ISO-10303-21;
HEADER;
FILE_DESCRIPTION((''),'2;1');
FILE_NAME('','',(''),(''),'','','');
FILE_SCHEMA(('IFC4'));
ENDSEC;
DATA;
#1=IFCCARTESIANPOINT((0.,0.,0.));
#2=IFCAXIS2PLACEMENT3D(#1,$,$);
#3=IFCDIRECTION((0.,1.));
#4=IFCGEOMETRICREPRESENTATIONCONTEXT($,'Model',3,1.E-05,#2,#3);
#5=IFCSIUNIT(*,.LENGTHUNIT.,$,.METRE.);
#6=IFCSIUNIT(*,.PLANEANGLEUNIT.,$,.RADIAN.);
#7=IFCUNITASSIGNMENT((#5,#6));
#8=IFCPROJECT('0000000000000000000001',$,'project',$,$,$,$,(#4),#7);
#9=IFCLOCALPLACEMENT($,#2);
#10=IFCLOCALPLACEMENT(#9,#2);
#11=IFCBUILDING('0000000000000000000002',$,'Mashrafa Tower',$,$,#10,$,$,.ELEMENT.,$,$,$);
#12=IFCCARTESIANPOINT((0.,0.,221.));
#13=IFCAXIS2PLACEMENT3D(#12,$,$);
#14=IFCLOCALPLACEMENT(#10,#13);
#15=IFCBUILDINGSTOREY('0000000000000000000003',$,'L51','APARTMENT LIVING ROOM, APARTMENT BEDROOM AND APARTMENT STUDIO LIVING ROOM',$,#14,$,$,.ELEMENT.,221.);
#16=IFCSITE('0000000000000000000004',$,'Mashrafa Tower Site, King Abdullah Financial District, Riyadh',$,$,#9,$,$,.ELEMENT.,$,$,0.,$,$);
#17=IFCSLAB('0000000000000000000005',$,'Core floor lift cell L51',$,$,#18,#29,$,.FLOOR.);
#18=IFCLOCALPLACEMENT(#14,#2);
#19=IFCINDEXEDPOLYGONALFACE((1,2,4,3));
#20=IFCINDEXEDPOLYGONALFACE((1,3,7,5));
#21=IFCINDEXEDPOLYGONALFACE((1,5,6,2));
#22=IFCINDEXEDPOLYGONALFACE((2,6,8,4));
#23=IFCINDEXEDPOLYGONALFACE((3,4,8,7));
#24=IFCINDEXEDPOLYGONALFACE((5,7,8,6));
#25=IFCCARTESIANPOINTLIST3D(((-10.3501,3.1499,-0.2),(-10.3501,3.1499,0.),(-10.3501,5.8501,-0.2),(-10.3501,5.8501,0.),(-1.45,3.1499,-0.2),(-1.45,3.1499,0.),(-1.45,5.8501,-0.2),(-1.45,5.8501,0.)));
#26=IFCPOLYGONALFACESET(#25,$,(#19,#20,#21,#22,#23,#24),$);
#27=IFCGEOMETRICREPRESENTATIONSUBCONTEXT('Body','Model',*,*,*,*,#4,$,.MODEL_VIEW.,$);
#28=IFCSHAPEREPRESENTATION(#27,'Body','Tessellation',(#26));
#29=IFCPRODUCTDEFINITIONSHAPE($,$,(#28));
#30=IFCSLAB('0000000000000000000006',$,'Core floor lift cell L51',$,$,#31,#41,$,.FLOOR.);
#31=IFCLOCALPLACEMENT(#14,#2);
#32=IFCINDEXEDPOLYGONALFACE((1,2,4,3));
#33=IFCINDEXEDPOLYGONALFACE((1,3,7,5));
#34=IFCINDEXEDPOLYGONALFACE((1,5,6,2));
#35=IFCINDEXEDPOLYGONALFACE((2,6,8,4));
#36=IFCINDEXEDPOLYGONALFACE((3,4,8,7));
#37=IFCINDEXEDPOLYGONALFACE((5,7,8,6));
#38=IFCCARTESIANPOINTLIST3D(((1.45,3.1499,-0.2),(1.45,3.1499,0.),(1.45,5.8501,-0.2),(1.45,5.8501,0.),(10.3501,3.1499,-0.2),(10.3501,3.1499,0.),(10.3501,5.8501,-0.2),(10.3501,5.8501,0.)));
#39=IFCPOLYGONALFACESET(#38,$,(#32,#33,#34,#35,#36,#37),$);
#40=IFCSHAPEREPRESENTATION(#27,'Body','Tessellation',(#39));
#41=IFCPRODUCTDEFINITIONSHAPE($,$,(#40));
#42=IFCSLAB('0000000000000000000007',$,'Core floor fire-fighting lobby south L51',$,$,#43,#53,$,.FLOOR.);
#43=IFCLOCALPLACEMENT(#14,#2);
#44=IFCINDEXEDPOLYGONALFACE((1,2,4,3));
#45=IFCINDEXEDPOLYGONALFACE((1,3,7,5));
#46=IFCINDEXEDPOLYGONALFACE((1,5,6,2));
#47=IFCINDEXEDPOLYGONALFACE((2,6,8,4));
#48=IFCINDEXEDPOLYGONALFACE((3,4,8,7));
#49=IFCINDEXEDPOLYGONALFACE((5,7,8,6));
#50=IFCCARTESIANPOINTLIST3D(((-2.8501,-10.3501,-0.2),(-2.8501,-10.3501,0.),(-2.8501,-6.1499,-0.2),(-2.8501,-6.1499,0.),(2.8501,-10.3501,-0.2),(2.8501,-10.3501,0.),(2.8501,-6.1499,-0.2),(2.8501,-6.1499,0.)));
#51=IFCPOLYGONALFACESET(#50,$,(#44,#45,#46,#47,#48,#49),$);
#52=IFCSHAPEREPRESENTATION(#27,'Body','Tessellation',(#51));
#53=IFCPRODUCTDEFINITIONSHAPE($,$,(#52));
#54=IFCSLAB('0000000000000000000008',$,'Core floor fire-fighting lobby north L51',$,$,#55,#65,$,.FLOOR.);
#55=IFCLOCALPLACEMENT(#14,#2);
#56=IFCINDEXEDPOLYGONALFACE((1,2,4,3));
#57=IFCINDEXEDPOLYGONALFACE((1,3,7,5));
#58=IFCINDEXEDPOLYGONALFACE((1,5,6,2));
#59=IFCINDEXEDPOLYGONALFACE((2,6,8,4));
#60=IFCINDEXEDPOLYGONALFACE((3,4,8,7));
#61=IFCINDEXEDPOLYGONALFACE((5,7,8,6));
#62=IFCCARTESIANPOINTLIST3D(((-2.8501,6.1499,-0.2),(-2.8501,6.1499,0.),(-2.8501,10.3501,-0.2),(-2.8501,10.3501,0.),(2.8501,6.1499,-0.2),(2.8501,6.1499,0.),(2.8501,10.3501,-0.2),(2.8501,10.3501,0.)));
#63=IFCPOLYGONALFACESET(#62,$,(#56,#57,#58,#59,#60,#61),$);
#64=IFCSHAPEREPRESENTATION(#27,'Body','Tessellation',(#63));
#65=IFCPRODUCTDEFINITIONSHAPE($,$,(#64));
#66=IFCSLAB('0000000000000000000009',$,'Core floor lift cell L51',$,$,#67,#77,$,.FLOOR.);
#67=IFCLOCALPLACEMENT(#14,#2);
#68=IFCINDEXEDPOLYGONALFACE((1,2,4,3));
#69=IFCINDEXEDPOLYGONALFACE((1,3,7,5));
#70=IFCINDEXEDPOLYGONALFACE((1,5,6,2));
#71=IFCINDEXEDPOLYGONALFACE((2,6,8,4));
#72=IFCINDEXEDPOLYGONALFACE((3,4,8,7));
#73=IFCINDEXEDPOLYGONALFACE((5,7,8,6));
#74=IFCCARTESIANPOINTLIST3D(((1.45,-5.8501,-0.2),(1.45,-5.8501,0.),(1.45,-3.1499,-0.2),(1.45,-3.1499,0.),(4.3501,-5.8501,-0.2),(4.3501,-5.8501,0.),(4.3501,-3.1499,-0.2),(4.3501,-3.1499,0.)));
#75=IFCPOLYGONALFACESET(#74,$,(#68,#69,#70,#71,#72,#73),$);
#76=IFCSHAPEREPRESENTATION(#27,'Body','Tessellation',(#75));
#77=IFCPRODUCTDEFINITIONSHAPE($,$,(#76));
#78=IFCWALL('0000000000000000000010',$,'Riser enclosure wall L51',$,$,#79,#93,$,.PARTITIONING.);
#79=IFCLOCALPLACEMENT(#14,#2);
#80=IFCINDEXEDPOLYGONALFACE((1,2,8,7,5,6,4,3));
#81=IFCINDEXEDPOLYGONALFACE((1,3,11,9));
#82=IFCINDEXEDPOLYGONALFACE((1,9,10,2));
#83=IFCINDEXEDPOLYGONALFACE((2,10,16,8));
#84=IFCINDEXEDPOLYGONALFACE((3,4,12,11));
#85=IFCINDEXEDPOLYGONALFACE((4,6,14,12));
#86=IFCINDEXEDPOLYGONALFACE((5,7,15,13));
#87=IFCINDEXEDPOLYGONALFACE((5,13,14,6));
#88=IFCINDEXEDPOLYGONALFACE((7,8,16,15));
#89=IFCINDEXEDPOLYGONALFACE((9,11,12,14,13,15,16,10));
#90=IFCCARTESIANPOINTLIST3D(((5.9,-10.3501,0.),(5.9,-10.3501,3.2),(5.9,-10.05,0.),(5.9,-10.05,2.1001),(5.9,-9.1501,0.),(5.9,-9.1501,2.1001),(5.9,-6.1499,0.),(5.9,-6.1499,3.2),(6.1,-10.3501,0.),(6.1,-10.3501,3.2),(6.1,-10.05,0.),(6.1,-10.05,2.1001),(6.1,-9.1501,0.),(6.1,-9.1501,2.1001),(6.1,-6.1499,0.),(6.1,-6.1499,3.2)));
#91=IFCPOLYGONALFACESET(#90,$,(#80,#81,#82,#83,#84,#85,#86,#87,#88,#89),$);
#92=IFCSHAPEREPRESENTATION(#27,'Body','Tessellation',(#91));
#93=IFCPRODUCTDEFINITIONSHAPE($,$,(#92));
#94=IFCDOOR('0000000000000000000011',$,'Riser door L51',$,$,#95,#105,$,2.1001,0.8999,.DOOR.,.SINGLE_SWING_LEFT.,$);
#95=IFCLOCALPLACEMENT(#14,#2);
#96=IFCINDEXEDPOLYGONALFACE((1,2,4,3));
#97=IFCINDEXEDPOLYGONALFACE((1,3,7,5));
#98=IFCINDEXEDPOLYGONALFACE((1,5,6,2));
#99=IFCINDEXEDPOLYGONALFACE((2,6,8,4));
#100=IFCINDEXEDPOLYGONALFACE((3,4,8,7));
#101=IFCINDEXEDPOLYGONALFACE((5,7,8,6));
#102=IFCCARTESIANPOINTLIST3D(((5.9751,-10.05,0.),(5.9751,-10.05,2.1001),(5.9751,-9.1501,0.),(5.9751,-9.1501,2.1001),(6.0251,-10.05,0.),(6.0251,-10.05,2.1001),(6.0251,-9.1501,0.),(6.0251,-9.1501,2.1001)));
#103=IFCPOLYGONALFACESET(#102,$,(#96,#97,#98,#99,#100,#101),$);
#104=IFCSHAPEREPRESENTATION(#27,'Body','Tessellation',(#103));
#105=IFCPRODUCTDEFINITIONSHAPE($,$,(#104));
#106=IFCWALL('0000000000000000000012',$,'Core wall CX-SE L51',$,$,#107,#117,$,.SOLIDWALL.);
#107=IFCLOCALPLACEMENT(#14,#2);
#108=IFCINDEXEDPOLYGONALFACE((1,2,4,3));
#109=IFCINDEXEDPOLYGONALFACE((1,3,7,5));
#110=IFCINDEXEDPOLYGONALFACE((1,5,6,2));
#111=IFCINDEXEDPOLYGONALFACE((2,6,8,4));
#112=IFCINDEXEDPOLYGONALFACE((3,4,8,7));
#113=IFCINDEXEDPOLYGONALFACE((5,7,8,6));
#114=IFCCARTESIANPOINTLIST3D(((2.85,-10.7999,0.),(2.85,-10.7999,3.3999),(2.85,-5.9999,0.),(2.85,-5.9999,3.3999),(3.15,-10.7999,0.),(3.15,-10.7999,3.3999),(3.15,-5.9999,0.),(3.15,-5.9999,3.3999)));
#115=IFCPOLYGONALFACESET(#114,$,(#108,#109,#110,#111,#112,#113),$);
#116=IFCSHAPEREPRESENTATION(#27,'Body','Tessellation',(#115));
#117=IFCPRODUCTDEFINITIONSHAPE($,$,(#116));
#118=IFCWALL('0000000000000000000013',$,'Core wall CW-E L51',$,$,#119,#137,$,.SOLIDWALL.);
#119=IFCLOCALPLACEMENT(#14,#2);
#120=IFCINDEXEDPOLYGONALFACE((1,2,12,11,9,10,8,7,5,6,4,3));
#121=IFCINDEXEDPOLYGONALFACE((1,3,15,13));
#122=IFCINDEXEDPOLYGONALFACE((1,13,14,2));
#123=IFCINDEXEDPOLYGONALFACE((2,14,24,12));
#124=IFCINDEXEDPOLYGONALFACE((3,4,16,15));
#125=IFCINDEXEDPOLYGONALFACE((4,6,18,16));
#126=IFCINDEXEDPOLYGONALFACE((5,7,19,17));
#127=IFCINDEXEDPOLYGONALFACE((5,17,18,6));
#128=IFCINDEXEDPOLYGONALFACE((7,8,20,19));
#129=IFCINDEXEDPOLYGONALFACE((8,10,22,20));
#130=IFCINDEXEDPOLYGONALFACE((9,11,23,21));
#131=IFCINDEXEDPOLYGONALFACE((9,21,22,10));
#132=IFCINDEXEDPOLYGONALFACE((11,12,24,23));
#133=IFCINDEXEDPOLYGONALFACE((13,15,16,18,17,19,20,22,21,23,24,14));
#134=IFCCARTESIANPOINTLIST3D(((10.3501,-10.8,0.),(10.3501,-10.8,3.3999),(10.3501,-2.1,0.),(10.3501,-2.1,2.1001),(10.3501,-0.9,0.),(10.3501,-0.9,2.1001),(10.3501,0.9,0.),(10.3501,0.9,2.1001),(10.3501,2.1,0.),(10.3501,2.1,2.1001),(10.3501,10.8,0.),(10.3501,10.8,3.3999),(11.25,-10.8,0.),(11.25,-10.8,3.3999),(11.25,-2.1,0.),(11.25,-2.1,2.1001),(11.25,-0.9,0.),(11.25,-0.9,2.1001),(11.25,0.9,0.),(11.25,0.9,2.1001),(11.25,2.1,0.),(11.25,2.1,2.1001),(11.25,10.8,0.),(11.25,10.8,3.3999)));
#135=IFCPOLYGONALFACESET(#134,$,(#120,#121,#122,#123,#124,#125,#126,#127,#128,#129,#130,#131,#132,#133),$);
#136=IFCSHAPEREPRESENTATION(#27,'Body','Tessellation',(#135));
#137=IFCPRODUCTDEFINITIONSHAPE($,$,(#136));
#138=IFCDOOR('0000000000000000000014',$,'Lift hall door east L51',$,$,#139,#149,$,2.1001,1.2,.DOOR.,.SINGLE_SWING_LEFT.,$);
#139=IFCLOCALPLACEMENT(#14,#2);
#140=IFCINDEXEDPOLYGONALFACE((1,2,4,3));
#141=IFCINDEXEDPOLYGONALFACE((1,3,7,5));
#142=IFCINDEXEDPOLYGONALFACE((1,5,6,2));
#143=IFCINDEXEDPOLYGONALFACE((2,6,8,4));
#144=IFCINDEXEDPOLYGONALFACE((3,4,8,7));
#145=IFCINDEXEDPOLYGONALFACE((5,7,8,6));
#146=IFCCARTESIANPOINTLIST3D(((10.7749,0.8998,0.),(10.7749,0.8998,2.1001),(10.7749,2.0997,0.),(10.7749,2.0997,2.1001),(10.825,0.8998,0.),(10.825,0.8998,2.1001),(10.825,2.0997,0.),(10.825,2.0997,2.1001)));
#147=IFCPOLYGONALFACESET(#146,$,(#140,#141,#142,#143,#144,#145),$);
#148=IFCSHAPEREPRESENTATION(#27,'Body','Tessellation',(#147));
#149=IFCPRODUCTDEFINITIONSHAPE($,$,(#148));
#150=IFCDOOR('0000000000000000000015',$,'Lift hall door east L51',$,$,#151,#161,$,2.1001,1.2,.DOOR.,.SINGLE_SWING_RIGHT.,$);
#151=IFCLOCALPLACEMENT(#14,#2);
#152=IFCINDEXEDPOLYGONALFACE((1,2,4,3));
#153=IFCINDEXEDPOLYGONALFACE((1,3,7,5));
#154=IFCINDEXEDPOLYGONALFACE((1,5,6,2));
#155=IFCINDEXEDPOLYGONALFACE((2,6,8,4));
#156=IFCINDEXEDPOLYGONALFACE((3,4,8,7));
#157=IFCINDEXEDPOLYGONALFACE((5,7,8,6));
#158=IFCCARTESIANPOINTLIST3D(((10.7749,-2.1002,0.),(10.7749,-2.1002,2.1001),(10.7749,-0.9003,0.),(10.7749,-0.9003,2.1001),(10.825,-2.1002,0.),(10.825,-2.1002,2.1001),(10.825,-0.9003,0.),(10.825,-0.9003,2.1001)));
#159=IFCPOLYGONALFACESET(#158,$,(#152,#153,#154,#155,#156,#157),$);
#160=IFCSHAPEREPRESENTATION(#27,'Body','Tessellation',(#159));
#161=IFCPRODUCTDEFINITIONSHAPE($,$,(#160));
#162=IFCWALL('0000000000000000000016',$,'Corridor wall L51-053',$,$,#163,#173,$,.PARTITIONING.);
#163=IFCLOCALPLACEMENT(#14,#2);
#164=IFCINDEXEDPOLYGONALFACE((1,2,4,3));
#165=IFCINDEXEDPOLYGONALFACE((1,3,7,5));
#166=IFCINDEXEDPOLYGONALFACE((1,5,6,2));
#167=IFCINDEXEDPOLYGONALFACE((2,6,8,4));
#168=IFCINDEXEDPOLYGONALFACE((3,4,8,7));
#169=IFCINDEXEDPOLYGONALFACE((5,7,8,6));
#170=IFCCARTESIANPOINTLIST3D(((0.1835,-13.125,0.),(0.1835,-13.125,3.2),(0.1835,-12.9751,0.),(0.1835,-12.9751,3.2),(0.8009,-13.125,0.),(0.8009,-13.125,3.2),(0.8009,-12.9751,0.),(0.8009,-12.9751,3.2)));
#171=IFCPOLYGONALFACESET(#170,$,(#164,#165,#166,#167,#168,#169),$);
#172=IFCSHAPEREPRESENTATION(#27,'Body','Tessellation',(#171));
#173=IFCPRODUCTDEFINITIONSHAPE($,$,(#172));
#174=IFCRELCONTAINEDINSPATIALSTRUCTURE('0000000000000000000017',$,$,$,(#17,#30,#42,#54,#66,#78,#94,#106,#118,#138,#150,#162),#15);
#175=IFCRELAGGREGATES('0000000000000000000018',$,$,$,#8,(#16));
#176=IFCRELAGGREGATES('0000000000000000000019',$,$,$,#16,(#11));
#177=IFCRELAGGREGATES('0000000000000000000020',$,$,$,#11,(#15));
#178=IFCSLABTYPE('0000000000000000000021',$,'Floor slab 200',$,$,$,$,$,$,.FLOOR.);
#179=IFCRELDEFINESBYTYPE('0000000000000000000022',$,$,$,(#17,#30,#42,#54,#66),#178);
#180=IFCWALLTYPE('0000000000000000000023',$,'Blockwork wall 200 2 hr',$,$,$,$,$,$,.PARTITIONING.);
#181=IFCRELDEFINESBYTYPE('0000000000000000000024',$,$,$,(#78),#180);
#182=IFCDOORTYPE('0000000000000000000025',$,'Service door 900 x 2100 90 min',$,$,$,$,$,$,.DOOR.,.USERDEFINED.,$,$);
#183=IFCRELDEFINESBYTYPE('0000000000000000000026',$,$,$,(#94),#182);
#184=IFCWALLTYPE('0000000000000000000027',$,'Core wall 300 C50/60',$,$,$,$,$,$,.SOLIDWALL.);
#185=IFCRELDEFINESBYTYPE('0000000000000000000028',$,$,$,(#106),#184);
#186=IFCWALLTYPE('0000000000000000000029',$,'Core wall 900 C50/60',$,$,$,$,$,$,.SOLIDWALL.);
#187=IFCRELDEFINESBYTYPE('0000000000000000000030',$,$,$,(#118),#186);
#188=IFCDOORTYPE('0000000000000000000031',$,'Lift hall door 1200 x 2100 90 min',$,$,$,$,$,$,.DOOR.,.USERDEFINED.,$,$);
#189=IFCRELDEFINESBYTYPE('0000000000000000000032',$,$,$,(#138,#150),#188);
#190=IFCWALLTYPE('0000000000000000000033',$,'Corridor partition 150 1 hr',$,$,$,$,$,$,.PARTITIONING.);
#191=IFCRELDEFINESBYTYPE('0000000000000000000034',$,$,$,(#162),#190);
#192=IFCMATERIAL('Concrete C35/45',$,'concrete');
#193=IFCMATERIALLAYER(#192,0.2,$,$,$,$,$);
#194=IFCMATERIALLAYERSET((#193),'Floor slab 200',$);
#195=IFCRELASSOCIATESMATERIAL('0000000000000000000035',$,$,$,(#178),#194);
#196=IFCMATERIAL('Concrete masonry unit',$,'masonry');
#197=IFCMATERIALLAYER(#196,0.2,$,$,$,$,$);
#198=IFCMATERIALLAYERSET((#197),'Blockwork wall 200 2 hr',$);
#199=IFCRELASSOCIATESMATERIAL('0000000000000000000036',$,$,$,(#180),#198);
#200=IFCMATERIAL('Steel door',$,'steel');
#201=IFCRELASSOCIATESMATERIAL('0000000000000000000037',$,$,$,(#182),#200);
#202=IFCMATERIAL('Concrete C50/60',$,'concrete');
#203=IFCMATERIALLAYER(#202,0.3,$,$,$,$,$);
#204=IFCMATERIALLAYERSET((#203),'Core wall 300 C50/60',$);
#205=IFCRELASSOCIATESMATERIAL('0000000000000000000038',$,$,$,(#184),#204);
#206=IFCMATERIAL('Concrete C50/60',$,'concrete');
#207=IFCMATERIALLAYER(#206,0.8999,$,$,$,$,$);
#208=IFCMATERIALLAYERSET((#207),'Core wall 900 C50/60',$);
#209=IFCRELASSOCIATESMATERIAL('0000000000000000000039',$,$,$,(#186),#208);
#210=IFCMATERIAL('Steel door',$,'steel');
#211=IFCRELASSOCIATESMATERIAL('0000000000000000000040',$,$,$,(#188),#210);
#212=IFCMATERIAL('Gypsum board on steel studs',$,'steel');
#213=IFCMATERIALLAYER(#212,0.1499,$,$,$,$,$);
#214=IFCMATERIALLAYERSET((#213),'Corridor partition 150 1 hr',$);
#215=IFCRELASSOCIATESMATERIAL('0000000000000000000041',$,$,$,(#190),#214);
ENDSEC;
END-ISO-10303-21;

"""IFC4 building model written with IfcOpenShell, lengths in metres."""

from ifc_helpers import new_model, si_unit, direction, frame, frame_2d, origin, place, context, subcontext, project, spatial, polyline, rectangle, outline, extrude, material, layer, layer_set, type_object, element, fill, save


model = new_model("IFC4")

# Units and contexts
model_context = context("Model", 3, precision=1e-05, world=origin(), true_north=direction((0.0, 1.0)))
body_context = subcontext(model_context, "Body", "Model", "MODEL_VIEW")
ifc_project = project(units=[si_unit("LENGTHUNIT", "METRE"), si_unit("PLANEANGLEUNIT", "RADIAN")], contexts=[model_context])

# Site, building, storey
site_placement = place(None, origin())
site = spatial("IfcSite", under=ifc_project, at=site_placement, Name="Mashrafa Tower Site, King Abdullah Financial District, Riyadh", CompositionType="ELEMENT", RefElevation=0.0)
building_placement = place(site_placement, origin())
building = spatial("IfcBuilding", under=site, at=building_placement, Name="Mashrafa Tower", CompositionType="ELEMENT")
storey_placement = place(building_placement, frame((0.0, 0.0, 221.0)))
storey = spatial("IfcBuildingStorey", under=building, at=storey_placement, Name="L51", Description="APARTMENT LIVING ROOM, APARTMENT BEDROOM AND APARTMENT STUDIO LIVING ROOM", CompositionType="ELEMENT", Elevation=221.0)

# Slabs
ifc_material_1 = material(Name="Concrete C35/45", Category="concrete")
ifc_layer_1 = layer(ifc_material_1, 0.2)
ifc_layer_set_1 = layer_set([ifc_layer_1], Name="Floor slab 200")
slab_type = type_object("IfcSlabType", Name="Floor slab 200", PredefinedType="FLOOR", material=ifc_layer_set_1)
slab_1_placement = place(storey_placement, frame((0.0, 0.0, -0.2)))
element("IfcSlab", 1, at=slab_1_placement, inside=storey, type_object=slab_type, Name="Core floor lift cell L51", PredefinedType="FLOOR", context=body_context, shape_type="SweptSolid", body=[
    extrude(outline(polyline([(-10.3501, 5.8501), (-1.45, 5.8501), (-1.45, 3.1499), (-10.3501, 3.1499), (-10.3501, 5.8501)])), origin(), (0.0, 0.0, 1.0), 0.2),
])
slab_2_placement = place(storey_placement, frame((0.0, 0.0, -0.2)))
element("IfcSlab", 2, at=slab_2_placement, inside=storey, type_object=slab_type, Name="Core floor lift cell L51", PredefinedType="FLOOR", context=body_context, shape_type="SweptSolid", body=[
    extrude(outline(polyline([(1.45, 5.8501), (10.3501, 5.8501), (10.3501, 3.1499), (1.45, 3.1499), (1.45, 5.8501)])), origin(), (0.0, 0.0, 1.0), 0.2),
])
slab_3_placement = place(storey_placement, frame((0.0, 0.0, -0.2)))
element("IfcSlab", 3, at=slab_3_placement, inside=storey, type_object=slab_type, Name="Core floor fire-fighting lobby south L51", PredefinedType="FLOOR", context=body_context, shape_type="SweptSolid", body=[
    extrude(outline(polyline([(2.8501, -6.1499), (2.8501, -10.3501), (-2.8501, -10.3501), (-2.8501, -6.1499), (2.8501, -6.1499)])), origin(), (0.0, 0.0, 1.0), 0.2),
])
slab_4_placement = place(storey_placement, frame((0.0, 0.0, -0.2)))
element("IfcSlab", 4, at=slab_4_placement, inside=storey, type_object=slab_type, Name="Core floor fire-fighting lobby north L51", PredefinedType="FLOOR", context=body_context, shape_type="SweptSolid", body=[
    extrude(outline(polyline([(-2.8501, 10.3501), (2.8501, 10.3501), (2.8501, 6.1499), (-2.8501, 6.1499), (-2.8501, 10.3501)])), origin(), (0.0, 0.0, 1.0), 0.2),
])
slab_5_placement = place(storey_placement, frame((0.0, 0.0, -0.2)))
element("IfcSlab", 5, at=slab_5_placement, inside=storey, type_object=slab_type, Name="Core floor lift cell L51", PredefinedType="FLOOR", context=body_context, shape_type="SweptSolid", body=[
    extrude(outline(polyline([(4.3501, -3.1499), (4.3501, -5.8501), (1.45, -5.8501), (1.45, -3.1499), (4.3501, -3.1499)])), origin(), (0.0, 0.0, 1.0), 0.2),
])

# Wall, opening, door
ifc_material_2 = material(Name="Concrete masonry unit", Category="masonry")
ifc_layer_2 = layer(ifc_material_2, 0.2)
ifc_layer_set_2 = layer_set([ifc_layer_2], Name="Blockwork wall 200 2 hr")
wall_type_1 = type_object("IfcWallType", Name="Blockwork wall 200 2 hr", PredefinedType="PARTITIONING", material=ifc_layer_set_2)
wall_1_placement = place(storey_placement, frame((6.0, -10.3501, 0.0), z_axis=(0.0, 0.0, 1.0), x_axis=(0.0, 1.0, 0.0)))
wall_1 = element("IfcWall", 6, at=wall_1_placement, inside=storey, type_object=wall_type_1, Name="Riser enclosure wall L51", PredefinedType="PARTITIONING", context=body_context, shape_type="SweptSolid", body=[
    extrude(rectangle(XDim=4.2002, YDim=0.2, at=frame_2d((2.1001, 0.0))), origin(), (0.0, 0.0, 1.0), 3.2),
])
opening_1_placement = place(wall_1_placement, frame((0.3, 0.0, 0.0)))
opening_1 = element("IfcOpeningElement", 7, at=opening_1_placement, cuts=wall_1, PredefinedType="OPENING", context=body_context, shape_type="SweptSolid", body=[
    extrude(rectangle(XDim=0.8999, YDim=2.1001, at=frame_2d((0.45, 1.05))), frame((0.0, 0.1099, 0.0), z_axis=(0.0, -1.0, 0.0), x_axis=(1.0, 0.0, 0.0)), (0.0, 0.0, 1.0), 0.22),
])
ifc_material_3 = material(Name="Steel door", Category="steel")
door_type_1 = type_object("IfcDoorType", Name="Service door 900 x 2100 90 min", OperationType="USERDEFINED", PredefinedType="DOOR", material=ifc_material_3)
door_1_placement = place(opening_1_placement, origin())
door_1 = element("IfcDoor", 8, at=door_1_placement, inside=storey, type_object=door_type_1, Name="Riser door L51", OperationType="SINGLE_SWING_LEFT", OverallHeight=2.1001, OverallWidth=0.8999, PredefinedType="DOOR", context=body_context, shape_type="SweptSolid", body=[
    extrude(rectangle(XDim=0.8999, YDim=2.1001, at=frame_2d((0.45, 1.05))), frame((0.0, 0.0249, 0.0), z_axis=(0.0, -1.0, 0.0), x_axis=(1.0, 0.0, 0.0)), (0.0, 0.0, 1.0), 0.05),
])
fill(opening_1, door_1)

# Wall
ifc_material_4 = material(Name="Concrete C50/60", Category="concrete")
ifc_layer_3 = layer(ifc_material_4, 0.3)
ifc_layer_set_3 = layer_set([ifc_layer_3], Name="Core wall 300 C50/60")
wall_type_2 = type_object("IfcWallType", Name="Core wall 300 C50/60", PredefinedType="SOLIDWALL", material=ifc_layer_set_3)
wall_2_placement = place(storey_placement, frame((3.0, -6.0, 0.0), z_axis=(0.0, 0.0, 1.0), x_axis=(0.0, -1.0, 0.0)))
element("IfcWall", 9, at=wall_2_placement, inside=storey, type_object=wall_type_2, Name="Core wall CX-SE L51", PredefinedType="SOLIDWALL", context=body_context, shape_type="SweptSolid", body=[
    extrude(rectangle(XDim=4.8, YDim=0.3, at=frame_2d((2.3999, 0.0))), origin(), (0.0, 0.0, 1.0), 3.3999),
])

# Wall, openings, doors
ifc_material_5 = material(Name="Concrete C50/60", Category="concrete")
ifc_layer_4 = layer(ifc_material_5, 0.8999)
ifc_layer_set_4 = layer_set([ifc_layer_4], Name="Core wall 900 C50/60")
wall_type_3 = type_object("IfcWallType", Name="Core wall 900 C50/60", PredefinedType="SOLIDWALL", material=ifc_layer_set_4)
wall_3_placement = place(storey_placement, frame((10.8, -10.8, 0.0), z_axis=(0.0, 0.0, 1.0), x_axis=(0.0, 1.0, 0.0)))
wall_3 = element("IfcWall", 10, at=wall_3_placement, inside=storey, type_object=wall_type_3, Name="Core wall CW-E L51", PredefinedType="SOLIDWALL", context=body_context, shape_type="SweptSolid", body=[
    extrude(rectangle(XDim=21.6001, YDim=0.8999, at=frame_2d((10.8, 0.0))), origin(), (0.0, 0.0, 1.0), 3.3999),
])
opening_2_placement = place(wall_3_placement, frame((11.7, 0.0, 0.0)))
opening_2 = element("IfcOpeningElement", 11, at=opening_2_placement, cuts=wall_3, PredefinedType="OPENING", context=body_context, shape_type="SweptSolid", body=[
    extrude(rectangle(XDim=1.2, YDim=2.1001, at=frame_2d((0.6001, 1.05))), frame((0.0, 0.46, 0.0), z_axis=(0.0, -1.0, 0.0), x_axis=(1.0, 0.0, 0.0)), (0.0, 0.0, 1.0), 0.9199),
])
opening_3_placement = place(wall_3_placement, frame((8.7, 0.0, 0.0)))
opening_3 = element("IfcOpeningElement", 12, at=opening_3_placement, cuts=wall_3, PredefinedType="OPENING", context=body_context, shape_type="SweptSolid", body=[
    extrude(rectangle(XDim=1.2, YDim=2.1001, at=frame_2d((0.6001, 1.05))), frame((0.0, 0.46, 0.0), z_axis=(0.0, -1.0, 0.0), x_axis=(1.0, 0.0, 0.0)), (0.0, 0.0, 1.0), 0.9199),
])
ifc_material_6 = material(Name="Steel door", Category="steel")
door_type_2 = type_object("IfcDoorType", Name="Lift hall door 1200 x 2100 90 min", OperationType="USERDEFINED", PredefinedType="DOOR", material=ifc_material_6)
door_2_placement = place(opening_2_placement, frame((1.2, 0.0, 0.0), z_axis=(0.0, 0.0, 1.0), x_axis=(-1.0, 0.0, 0.0)))
door_2 = element("IfcDoor", 13, at=door_2_placement, inside=storey, type_object=door_type_2, Name="Lift hall door east L51", OperationType="SINGLE_SWING_LEFT", OverallHeight=2.1001, OverallWidth=1.2, PredefinedType="DOOR", context=body_context, shape_type="SweptSolid", body=[
    extrude(rectangle(XDim=1.2, YDim=2.1001, at=frame_2d((0.6001, 1.05))), frame((0.0, 0.0249, 0.0), z_axis=(0.0, -1.0, 0.0), x_axis=(1.0, 0.0, 0.0)), (0.0, 0.0, 1.0), 0.05),
])
fill(opening_2, door_2)
door_3_placement = place(opening_3_placement, frame((1.2, 0.0, 0.0), z_axis=(0.0, 0.0, 1.0), x_axis=(-1.0, 0.0, 0.0)))
door_3 = element("IfcDoor", 14, at=door_3_placement, inside=storey, type_object=door_type_2, Name="Lift hall door east L51", OperationType="SINGLE_SWING_RIGHT", OverallHeight=2.1001, OverallWidth=1.2, PredefinedType="DOOR", context=body_context, shape_type="SweptSolid", body=[
    extrude(rectangle(XDim=1.2, YDim=2.1001, at=frame_2d((0.6001, 1.05))), frame((0.0, 0.0249, 0.0), z_axis=(0.0, -1.0, 0.0), x_axis=(1.0, 0.0, 0.0)), (0.0, 0.0, 1.0), 0.05),
])
fill(opening_3, door_3)

# Wall
ifc_material_7 = material(Name="Gypsum board on steel studs", Category="steel")
ifc_layer_5 = layer(ifc_material_7, 0.1499)
ifc_layer_set_5 = layer_set([ifc_layer_5], Name="Corridor partition 150 1 hr")
wall_type_4 = type_object("IfcWallType", Name="Corridor partition 150 1 hr", PredefinedType="PARTITIONING", material=ifc_layer_set_5)
wall_4_placement = place(storey_placement, frame((0.1836, -13.05, 0.0), z_axis=(0.0, 0.0, 1.0), x_axis=(1.0, 0.0, 0.0)))
element("IfcWall", 15, at=wall_4_placement, inside=storey, type_object=wall_type_4, Name="Corridor wall L51-053", PredefinedType="PARTITIONING", context=body_context, shape_type="SweptSolid", body=[
    extrude(rectangle(XDim=0.6174, YDim=0.1499, at=frame_2d((0.3086, 0.0))), origin(), (0.0, 0.0, 1.0), 3.2),
])

save(model, "model.ifc")
